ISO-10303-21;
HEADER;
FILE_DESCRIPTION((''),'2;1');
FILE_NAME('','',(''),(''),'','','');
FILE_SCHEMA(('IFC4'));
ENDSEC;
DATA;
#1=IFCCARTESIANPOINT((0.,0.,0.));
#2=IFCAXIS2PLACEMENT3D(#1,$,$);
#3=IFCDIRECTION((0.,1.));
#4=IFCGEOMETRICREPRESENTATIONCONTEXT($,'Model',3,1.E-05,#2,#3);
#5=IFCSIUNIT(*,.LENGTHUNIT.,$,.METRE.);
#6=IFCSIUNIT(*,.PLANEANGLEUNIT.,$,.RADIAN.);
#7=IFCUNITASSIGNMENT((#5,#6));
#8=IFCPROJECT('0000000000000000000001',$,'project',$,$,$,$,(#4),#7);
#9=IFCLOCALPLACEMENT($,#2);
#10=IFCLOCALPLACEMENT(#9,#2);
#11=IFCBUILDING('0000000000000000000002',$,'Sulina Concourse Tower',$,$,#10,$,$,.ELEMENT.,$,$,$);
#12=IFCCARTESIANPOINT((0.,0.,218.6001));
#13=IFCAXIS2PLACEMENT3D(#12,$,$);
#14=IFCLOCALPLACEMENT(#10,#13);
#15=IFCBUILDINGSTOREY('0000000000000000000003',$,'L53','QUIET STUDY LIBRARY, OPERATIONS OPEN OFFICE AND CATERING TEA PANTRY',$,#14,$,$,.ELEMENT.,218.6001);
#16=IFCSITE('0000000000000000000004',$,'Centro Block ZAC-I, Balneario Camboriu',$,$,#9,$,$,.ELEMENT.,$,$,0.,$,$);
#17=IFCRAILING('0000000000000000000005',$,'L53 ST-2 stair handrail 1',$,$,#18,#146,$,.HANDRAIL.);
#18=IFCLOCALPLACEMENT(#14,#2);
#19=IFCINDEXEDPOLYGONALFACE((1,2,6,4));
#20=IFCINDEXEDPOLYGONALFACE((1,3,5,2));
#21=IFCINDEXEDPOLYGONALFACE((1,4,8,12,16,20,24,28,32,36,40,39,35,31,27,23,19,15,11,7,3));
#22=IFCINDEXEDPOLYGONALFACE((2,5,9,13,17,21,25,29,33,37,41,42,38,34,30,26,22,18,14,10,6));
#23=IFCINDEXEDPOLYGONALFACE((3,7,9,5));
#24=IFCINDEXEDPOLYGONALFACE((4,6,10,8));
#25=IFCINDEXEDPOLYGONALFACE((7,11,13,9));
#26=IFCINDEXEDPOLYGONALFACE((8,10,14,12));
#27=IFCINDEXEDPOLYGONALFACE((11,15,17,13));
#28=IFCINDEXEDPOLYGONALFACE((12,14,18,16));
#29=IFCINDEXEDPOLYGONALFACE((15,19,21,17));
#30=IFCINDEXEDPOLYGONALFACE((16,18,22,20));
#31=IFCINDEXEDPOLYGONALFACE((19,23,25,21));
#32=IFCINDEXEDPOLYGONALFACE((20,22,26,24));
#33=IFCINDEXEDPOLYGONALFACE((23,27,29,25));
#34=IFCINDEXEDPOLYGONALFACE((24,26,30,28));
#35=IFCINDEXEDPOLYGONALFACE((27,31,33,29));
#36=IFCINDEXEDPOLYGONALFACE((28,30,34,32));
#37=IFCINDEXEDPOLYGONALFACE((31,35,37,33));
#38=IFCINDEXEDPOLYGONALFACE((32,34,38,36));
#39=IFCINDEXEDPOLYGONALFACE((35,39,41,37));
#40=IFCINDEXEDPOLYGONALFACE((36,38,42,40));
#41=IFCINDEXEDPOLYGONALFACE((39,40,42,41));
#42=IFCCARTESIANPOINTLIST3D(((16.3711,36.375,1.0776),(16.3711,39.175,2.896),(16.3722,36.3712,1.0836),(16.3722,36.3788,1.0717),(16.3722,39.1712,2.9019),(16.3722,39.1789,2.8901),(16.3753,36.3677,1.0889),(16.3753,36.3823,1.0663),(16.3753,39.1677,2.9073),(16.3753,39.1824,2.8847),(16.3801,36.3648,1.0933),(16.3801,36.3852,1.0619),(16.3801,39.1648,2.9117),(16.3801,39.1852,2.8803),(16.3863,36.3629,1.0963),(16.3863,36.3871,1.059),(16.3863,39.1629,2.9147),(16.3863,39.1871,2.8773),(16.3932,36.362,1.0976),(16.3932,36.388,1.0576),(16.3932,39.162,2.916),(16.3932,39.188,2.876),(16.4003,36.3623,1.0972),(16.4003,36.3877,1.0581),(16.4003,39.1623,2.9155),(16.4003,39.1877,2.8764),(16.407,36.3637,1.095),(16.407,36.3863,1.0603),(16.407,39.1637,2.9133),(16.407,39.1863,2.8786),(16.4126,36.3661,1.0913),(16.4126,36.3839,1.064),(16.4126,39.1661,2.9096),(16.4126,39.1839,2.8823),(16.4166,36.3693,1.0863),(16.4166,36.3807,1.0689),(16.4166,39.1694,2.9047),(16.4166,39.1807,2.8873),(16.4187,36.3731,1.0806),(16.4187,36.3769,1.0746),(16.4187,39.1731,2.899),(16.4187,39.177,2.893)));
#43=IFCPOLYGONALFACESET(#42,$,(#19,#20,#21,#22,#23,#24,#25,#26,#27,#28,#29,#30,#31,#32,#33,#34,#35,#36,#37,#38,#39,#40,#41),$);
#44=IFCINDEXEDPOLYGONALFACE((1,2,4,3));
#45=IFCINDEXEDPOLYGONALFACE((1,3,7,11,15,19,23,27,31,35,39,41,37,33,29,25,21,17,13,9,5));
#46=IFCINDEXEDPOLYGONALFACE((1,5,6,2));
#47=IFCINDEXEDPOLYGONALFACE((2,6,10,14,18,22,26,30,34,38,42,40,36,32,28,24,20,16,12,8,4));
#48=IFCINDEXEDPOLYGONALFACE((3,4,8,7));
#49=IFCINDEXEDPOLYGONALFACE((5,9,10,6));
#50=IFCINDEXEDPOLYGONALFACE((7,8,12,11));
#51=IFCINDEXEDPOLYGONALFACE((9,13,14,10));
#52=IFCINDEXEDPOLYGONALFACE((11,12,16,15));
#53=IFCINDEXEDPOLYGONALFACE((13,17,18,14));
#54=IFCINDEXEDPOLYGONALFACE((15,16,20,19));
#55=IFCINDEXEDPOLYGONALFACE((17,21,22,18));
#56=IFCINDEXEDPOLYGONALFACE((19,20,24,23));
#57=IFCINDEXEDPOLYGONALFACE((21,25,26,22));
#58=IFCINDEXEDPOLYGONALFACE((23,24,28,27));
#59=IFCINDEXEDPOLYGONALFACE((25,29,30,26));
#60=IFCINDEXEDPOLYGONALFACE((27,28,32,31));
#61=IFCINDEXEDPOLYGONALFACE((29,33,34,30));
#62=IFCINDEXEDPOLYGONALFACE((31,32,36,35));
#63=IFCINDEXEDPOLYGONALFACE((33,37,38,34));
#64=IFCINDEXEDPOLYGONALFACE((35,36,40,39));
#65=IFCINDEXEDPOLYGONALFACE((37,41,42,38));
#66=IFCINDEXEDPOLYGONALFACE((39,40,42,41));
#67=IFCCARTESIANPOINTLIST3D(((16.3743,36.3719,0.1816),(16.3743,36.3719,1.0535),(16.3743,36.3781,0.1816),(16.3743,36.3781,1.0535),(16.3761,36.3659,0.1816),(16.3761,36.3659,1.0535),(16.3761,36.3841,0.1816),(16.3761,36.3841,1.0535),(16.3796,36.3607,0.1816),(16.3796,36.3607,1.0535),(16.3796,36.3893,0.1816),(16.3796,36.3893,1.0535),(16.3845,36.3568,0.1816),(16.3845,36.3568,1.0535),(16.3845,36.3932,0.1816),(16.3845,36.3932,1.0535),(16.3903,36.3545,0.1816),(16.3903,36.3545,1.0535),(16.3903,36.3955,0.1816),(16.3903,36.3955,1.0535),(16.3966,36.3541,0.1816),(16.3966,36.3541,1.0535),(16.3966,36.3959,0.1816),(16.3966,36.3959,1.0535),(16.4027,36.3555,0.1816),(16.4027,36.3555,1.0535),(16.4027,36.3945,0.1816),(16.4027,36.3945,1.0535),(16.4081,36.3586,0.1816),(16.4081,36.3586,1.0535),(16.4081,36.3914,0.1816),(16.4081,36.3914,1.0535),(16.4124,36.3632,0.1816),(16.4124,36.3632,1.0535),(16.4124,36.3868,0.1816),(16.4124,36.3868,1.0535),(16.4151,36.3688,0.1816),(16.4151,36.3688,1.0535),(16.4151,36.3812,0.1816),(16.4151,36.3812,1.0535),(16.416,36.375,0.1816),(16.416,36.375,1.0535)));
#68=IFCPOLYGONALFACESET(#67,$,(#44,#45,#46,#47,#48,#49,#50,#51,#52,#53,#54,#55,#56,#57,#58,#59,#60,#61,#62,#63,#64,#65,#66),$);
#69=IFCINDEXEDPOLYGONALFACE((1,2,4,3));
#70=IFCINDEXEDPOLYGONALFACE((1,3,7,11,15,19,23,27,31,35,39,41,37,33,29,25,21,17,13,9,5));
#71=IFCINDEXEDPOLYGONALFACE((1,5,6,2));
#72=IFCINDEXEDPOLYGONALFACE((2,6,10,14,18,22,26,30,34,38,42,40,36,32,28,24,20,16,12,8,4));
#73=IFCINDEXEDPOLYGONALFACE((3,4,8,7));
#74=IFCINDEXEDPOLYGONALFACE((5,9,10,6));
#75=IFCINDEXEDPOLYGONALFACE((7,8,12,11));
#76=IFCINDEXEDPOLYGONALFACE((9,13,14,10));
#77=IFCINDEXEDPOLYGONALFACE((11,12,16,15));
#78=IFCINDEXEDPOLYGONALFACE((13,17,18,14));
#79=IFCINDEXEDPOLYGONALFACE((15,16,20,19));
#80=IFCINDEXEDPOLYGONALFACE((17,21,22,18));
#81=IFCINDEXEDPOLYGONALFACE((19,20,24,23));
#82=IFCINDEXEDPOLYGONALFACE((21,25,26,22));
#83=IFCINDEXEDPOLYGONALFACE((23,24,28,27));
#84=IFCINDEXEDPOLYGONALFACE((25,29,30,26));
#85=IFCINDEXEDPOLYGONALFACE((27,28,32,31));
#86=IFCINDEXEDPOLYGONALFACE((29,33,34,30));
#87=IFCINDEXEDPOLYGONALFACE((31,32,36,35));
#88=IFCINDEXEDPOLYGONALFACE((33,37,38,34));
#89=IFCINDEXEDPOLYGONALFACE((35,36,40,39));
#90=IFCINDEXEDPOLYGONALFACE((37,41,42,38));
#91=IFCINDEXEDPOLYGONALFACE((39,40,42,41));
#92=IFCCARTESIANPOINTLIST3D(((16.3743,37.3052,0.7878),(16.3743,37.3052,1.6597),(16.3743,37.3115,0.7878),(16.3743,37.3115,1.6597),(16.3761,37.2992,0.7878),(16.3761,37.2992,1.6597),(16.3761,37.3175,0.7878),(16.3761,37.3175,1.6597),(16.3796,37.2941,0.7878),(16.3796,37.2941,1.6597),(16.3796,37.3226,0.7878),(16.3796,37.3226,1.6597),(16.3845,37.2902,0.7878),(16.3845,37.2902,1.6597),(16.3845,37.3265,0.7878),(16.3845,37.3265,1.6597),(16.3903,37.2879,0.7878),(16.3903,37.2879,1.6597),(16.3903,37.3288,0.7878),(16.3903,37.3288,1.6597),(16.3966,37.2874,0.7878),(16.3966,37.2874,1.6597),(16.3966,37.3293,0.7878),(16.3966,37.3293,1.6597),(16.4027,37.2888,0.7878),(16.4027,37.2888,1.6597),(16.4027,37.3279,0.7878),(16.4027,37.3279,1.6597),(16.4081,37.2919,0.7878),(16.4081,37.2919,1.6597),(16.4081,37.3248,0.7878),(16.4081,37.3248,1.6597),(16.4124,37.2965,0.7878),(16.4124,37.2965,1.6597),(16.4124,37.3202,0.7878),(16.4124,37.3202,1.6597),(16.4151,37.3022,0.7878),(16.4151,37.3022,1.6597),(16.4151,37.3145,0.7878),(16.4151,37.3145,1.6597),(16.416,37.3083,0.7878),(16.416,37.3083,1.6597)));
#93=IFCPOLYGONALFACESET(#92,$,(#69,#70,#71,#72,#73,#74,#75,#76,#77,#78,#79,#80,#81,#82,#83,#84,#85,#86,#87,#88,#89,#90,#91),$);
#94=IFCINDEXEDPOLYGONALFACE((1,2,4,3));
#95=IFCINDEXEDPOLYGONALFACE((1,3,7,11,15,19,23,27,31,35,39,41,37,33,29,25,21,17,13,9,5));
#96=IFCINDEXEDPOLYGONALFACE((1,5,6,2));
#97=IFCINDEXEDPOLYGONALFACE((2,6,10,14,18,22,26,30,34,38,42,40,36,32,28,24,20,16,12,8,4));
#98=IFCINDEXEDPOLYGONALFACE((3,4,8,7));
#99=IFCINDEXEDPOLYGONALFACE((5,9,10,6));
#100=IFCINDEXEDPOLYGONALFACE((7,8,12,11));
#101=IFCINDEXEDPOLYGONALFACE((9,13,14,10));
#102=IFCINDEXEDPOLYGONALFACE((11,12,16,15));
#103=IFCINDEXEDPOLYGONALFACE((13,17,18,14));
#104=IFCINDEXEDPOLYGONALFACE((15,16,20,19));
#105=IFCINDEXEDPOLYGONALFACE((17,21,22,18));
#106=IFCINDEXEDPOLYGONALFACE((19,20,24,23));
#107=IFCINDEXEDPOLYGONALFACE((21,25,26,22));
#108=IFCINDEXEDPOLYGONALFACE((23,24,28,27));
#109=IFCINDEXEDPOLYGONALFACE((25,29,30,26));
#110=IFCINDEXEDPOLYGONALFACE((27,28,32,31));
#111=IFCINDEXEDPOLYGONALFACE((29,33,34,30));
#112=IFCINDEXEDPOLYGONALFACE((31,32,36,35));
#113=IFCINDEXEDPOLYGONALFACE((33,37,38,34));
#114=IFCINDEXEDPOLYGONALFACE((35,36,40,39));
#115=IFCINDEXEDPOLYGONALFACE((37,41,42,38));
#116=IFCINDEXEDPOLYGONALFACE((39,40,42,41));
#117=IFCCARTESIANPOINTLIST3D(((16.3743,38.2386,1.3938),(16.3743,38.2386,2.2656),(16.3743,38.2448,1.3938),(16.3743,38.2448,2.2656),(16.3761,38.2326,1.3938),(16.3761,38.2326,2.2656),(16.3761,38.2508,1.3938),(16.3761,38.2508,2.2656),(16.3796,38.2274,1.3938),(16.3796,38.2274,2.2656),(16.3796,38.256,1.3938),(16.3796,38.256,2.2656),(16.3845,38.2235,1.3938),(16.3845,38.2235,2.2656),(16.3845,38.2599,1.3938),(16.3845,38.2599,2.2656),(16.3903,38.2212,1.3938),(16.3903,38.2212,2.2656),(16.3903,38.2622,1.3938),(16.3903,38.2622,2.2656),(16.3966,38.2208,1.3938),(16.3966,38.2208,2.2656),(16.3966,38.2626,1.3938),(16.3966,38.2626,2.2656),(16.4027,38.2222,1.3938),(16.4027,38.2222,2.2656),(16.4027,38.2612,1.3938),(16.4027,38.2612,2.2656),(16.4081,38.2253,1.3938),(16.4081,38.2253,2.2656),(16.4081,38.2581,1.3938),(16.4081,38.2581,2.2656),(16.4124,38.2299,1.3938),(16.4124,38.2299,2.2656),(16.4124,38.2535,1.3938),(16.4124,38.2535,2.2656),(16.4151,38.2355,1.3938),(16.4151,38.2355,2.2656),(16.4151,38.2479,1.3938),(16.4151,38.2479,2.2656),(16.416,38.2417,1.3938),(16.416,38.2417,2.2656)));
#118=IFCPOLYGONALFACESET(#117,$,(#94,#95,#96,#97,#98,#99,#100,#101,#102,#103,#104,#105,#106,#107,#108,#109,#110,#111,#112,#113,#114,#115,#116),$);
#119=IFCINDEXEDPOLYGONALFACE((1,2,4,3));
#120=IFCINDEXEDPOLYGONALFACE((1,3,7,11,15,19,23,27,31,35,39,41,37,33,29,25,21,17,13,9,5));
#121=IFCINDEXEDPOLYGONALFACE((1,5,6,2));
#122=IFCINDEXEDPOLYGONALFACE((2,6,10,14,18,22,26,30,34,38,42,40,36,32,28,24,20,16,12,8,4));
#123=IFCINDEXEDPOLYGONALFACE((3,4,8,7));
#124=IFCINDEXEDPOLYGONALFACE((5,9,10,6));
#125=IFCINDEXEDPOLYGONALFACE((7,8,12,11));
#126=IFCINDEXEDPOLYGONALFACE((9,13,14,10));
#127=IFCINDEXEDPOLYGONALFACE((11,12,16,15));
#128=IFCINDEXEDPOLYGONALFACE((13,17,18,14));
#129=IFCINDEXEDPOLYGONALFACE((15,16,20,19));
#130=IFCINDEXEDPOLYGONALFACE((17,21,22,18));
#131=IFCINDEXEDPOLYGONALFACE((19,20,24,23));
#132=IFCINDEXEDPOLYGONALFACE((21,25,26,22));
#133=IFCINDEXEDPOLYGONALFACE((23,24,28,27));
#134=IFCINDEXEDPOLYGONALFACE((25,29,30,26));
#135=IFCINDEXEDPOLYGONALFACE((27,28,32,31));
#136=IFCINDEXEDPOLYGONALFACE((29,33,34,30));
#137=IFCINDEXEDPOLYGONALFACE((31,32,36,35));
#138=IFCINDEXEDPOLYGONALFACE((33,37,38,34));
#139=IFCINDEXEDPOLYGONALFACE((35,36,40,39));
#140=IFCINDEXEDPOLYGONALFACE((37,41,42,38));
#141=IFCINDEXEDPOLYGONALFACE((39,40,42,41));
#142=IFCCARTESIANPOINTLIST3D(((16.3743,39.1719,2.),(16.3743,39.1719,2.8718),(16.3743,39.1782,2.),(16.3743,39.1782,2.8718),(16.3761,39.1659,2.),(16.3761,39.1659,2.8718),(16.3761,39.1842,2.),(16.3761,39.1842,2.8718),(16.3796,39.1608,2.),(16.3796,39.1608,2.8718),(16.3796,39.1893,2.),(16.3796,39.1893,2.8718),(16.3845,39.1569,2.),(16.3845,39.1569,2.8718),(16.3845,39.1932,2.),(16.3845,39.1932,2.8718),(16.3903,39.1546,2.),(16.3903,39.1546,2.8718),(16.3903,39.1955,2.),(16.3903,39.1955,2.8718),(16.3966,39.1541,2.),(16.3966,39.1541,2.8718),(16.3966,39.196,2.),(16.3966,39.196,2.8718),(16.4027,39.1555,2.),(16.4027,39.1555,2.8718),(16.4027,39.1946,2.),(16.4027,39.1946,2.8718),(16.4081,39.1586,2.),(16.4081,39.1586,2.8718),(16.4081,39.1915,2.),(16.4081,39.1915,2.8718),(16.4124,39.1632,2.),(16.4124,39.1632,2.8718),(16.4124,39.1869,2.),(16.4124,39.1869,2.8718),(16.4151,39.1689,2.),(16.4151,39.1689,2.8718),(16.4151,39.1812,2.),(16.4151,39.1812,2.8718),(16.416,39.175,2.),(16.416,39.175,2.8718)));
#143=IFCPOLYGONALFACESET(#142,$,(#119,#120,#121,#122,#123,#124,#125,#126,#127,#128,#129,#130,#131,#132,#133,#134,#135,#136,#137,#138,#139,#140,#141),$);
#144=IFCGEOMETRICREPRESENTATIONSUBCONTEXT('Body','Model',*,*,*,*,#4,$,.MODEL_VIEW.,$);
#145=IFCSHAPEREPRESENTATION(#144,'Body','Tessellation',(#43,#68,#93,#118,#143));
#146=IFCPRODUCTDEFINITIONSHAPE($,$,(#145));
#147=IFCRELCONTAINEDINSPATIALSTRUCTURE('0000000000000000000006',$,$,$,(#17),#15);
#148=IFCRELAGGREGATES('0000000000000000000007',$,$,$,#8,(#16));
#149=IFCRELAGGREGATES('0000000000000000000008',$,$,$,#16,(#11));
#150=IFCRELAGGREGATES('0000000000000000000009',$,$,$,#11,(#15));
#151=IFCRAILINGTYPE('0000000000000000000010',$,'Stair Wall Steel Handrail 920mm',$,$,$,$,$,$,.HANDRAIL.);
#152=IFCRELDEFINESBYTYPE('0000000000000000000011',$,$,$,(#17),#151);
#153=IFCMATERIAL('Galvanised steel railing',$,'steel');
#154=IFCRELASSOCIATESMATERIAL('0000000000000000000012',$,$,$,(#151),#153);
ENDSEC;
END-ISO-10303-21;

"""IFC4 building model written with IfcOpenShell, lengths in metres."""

from ifc_helpers import new_model, si_unit, direction, frame, origin, origin_2d, place, context, subcontext, project, spatial, circle, extrude, material, type_object, element, save


model = new_model("IFC4")

# Units and contexts
model_context = context("Model", 3, precision=1e-05, world=origin(), true_north=direction((0.0, 1.0)))
body_context = subcontext(model_context, "Body", "Model", "MODEL_VIEW")
ifc_project = project(units=[si_unit("LENGTHUNIT", "METRE"), si_unit("PLANEANGLEUNIT", "RADIAN")], contexts=[model_context])

# Site, building, storey
site_placement = place(None, origin())
site = spatial("IfcSite", under=ifc_project, at=site_placement, Name="Centro Block ZAC-I, Balneario Camboriu", CompositionType="ELEMENT", RefElevation=0.0)
building_placement = place(site_placement, origin())
building = spatial("IfcBuilding", under=site, at=building_placement, Name="Sulina Concourse Tower", CompositionType="ELEMENT")
storey_placement = place(building_placement, frame((0.0, 0.0, 218.6001)))
storey = spatial("IfcBuildingStorey", under=building, at=storey_placement, Name="L53", Description="QUIET STUDY LIBRARY, OPERATIONS OPEN OFFICE AND CATERING TEA PANTRY", CompositionType="ELEMENT", Elevation=218.6001)

# Railing
ifc_material_1 = material(Name="Galvanised steel railing", Category="steel")
railing_type_1 = type_object("IfcRailingType", Name="Stair Wall Steel Handrail 920mm", PredefinedType="HANDRAIL", material=ifc_material_1)
railing_1_placement = place(storey_placement, frame((16.395, 36.375, 0.1816)))
element("IfcRailing", 1, at=railing_1_placement, inside=storey, type_object=railing_type_1, Name="L53 ST-2 stair handrail 1", PredefinedType="HANDRAIL", context=body_context, shape_type="SweptSolid", body=[
    extrude(circle(Radius=0.0239, at=origin_2d()), frame((0.0, 0.0, 0.896), z_axis=(0.0, 0.838672, 0.544636), x_axis=(-1.0, 0.0, 0.0)), (0.0, 0.0, 1.0), 3.3386),
    extrude(circle(Radius=0.021, at=origin_2d()), origin(), (0.0, 0.0, 1.0), 0.8718),
    extrude(circle(Radius=0.021, at=origin_2d()), frame((0.0, 0.9333, 0.6062)), (0.0, 0.0, 1.0), 0.8718),
    extrude(circle(Radius=0.021, at=origin_2d()), frame((0.0, 1.8667, 1.2122)), (0.0, 0.0, 1.0), 0.8718),
    extrude(circle(Radius=0.021, at=origin_2d()), frame((0.0, 2.8, 1.8184)), (0.0, 0.0, 1.0), 0.8718),
])

save(model, "model.ifc")
